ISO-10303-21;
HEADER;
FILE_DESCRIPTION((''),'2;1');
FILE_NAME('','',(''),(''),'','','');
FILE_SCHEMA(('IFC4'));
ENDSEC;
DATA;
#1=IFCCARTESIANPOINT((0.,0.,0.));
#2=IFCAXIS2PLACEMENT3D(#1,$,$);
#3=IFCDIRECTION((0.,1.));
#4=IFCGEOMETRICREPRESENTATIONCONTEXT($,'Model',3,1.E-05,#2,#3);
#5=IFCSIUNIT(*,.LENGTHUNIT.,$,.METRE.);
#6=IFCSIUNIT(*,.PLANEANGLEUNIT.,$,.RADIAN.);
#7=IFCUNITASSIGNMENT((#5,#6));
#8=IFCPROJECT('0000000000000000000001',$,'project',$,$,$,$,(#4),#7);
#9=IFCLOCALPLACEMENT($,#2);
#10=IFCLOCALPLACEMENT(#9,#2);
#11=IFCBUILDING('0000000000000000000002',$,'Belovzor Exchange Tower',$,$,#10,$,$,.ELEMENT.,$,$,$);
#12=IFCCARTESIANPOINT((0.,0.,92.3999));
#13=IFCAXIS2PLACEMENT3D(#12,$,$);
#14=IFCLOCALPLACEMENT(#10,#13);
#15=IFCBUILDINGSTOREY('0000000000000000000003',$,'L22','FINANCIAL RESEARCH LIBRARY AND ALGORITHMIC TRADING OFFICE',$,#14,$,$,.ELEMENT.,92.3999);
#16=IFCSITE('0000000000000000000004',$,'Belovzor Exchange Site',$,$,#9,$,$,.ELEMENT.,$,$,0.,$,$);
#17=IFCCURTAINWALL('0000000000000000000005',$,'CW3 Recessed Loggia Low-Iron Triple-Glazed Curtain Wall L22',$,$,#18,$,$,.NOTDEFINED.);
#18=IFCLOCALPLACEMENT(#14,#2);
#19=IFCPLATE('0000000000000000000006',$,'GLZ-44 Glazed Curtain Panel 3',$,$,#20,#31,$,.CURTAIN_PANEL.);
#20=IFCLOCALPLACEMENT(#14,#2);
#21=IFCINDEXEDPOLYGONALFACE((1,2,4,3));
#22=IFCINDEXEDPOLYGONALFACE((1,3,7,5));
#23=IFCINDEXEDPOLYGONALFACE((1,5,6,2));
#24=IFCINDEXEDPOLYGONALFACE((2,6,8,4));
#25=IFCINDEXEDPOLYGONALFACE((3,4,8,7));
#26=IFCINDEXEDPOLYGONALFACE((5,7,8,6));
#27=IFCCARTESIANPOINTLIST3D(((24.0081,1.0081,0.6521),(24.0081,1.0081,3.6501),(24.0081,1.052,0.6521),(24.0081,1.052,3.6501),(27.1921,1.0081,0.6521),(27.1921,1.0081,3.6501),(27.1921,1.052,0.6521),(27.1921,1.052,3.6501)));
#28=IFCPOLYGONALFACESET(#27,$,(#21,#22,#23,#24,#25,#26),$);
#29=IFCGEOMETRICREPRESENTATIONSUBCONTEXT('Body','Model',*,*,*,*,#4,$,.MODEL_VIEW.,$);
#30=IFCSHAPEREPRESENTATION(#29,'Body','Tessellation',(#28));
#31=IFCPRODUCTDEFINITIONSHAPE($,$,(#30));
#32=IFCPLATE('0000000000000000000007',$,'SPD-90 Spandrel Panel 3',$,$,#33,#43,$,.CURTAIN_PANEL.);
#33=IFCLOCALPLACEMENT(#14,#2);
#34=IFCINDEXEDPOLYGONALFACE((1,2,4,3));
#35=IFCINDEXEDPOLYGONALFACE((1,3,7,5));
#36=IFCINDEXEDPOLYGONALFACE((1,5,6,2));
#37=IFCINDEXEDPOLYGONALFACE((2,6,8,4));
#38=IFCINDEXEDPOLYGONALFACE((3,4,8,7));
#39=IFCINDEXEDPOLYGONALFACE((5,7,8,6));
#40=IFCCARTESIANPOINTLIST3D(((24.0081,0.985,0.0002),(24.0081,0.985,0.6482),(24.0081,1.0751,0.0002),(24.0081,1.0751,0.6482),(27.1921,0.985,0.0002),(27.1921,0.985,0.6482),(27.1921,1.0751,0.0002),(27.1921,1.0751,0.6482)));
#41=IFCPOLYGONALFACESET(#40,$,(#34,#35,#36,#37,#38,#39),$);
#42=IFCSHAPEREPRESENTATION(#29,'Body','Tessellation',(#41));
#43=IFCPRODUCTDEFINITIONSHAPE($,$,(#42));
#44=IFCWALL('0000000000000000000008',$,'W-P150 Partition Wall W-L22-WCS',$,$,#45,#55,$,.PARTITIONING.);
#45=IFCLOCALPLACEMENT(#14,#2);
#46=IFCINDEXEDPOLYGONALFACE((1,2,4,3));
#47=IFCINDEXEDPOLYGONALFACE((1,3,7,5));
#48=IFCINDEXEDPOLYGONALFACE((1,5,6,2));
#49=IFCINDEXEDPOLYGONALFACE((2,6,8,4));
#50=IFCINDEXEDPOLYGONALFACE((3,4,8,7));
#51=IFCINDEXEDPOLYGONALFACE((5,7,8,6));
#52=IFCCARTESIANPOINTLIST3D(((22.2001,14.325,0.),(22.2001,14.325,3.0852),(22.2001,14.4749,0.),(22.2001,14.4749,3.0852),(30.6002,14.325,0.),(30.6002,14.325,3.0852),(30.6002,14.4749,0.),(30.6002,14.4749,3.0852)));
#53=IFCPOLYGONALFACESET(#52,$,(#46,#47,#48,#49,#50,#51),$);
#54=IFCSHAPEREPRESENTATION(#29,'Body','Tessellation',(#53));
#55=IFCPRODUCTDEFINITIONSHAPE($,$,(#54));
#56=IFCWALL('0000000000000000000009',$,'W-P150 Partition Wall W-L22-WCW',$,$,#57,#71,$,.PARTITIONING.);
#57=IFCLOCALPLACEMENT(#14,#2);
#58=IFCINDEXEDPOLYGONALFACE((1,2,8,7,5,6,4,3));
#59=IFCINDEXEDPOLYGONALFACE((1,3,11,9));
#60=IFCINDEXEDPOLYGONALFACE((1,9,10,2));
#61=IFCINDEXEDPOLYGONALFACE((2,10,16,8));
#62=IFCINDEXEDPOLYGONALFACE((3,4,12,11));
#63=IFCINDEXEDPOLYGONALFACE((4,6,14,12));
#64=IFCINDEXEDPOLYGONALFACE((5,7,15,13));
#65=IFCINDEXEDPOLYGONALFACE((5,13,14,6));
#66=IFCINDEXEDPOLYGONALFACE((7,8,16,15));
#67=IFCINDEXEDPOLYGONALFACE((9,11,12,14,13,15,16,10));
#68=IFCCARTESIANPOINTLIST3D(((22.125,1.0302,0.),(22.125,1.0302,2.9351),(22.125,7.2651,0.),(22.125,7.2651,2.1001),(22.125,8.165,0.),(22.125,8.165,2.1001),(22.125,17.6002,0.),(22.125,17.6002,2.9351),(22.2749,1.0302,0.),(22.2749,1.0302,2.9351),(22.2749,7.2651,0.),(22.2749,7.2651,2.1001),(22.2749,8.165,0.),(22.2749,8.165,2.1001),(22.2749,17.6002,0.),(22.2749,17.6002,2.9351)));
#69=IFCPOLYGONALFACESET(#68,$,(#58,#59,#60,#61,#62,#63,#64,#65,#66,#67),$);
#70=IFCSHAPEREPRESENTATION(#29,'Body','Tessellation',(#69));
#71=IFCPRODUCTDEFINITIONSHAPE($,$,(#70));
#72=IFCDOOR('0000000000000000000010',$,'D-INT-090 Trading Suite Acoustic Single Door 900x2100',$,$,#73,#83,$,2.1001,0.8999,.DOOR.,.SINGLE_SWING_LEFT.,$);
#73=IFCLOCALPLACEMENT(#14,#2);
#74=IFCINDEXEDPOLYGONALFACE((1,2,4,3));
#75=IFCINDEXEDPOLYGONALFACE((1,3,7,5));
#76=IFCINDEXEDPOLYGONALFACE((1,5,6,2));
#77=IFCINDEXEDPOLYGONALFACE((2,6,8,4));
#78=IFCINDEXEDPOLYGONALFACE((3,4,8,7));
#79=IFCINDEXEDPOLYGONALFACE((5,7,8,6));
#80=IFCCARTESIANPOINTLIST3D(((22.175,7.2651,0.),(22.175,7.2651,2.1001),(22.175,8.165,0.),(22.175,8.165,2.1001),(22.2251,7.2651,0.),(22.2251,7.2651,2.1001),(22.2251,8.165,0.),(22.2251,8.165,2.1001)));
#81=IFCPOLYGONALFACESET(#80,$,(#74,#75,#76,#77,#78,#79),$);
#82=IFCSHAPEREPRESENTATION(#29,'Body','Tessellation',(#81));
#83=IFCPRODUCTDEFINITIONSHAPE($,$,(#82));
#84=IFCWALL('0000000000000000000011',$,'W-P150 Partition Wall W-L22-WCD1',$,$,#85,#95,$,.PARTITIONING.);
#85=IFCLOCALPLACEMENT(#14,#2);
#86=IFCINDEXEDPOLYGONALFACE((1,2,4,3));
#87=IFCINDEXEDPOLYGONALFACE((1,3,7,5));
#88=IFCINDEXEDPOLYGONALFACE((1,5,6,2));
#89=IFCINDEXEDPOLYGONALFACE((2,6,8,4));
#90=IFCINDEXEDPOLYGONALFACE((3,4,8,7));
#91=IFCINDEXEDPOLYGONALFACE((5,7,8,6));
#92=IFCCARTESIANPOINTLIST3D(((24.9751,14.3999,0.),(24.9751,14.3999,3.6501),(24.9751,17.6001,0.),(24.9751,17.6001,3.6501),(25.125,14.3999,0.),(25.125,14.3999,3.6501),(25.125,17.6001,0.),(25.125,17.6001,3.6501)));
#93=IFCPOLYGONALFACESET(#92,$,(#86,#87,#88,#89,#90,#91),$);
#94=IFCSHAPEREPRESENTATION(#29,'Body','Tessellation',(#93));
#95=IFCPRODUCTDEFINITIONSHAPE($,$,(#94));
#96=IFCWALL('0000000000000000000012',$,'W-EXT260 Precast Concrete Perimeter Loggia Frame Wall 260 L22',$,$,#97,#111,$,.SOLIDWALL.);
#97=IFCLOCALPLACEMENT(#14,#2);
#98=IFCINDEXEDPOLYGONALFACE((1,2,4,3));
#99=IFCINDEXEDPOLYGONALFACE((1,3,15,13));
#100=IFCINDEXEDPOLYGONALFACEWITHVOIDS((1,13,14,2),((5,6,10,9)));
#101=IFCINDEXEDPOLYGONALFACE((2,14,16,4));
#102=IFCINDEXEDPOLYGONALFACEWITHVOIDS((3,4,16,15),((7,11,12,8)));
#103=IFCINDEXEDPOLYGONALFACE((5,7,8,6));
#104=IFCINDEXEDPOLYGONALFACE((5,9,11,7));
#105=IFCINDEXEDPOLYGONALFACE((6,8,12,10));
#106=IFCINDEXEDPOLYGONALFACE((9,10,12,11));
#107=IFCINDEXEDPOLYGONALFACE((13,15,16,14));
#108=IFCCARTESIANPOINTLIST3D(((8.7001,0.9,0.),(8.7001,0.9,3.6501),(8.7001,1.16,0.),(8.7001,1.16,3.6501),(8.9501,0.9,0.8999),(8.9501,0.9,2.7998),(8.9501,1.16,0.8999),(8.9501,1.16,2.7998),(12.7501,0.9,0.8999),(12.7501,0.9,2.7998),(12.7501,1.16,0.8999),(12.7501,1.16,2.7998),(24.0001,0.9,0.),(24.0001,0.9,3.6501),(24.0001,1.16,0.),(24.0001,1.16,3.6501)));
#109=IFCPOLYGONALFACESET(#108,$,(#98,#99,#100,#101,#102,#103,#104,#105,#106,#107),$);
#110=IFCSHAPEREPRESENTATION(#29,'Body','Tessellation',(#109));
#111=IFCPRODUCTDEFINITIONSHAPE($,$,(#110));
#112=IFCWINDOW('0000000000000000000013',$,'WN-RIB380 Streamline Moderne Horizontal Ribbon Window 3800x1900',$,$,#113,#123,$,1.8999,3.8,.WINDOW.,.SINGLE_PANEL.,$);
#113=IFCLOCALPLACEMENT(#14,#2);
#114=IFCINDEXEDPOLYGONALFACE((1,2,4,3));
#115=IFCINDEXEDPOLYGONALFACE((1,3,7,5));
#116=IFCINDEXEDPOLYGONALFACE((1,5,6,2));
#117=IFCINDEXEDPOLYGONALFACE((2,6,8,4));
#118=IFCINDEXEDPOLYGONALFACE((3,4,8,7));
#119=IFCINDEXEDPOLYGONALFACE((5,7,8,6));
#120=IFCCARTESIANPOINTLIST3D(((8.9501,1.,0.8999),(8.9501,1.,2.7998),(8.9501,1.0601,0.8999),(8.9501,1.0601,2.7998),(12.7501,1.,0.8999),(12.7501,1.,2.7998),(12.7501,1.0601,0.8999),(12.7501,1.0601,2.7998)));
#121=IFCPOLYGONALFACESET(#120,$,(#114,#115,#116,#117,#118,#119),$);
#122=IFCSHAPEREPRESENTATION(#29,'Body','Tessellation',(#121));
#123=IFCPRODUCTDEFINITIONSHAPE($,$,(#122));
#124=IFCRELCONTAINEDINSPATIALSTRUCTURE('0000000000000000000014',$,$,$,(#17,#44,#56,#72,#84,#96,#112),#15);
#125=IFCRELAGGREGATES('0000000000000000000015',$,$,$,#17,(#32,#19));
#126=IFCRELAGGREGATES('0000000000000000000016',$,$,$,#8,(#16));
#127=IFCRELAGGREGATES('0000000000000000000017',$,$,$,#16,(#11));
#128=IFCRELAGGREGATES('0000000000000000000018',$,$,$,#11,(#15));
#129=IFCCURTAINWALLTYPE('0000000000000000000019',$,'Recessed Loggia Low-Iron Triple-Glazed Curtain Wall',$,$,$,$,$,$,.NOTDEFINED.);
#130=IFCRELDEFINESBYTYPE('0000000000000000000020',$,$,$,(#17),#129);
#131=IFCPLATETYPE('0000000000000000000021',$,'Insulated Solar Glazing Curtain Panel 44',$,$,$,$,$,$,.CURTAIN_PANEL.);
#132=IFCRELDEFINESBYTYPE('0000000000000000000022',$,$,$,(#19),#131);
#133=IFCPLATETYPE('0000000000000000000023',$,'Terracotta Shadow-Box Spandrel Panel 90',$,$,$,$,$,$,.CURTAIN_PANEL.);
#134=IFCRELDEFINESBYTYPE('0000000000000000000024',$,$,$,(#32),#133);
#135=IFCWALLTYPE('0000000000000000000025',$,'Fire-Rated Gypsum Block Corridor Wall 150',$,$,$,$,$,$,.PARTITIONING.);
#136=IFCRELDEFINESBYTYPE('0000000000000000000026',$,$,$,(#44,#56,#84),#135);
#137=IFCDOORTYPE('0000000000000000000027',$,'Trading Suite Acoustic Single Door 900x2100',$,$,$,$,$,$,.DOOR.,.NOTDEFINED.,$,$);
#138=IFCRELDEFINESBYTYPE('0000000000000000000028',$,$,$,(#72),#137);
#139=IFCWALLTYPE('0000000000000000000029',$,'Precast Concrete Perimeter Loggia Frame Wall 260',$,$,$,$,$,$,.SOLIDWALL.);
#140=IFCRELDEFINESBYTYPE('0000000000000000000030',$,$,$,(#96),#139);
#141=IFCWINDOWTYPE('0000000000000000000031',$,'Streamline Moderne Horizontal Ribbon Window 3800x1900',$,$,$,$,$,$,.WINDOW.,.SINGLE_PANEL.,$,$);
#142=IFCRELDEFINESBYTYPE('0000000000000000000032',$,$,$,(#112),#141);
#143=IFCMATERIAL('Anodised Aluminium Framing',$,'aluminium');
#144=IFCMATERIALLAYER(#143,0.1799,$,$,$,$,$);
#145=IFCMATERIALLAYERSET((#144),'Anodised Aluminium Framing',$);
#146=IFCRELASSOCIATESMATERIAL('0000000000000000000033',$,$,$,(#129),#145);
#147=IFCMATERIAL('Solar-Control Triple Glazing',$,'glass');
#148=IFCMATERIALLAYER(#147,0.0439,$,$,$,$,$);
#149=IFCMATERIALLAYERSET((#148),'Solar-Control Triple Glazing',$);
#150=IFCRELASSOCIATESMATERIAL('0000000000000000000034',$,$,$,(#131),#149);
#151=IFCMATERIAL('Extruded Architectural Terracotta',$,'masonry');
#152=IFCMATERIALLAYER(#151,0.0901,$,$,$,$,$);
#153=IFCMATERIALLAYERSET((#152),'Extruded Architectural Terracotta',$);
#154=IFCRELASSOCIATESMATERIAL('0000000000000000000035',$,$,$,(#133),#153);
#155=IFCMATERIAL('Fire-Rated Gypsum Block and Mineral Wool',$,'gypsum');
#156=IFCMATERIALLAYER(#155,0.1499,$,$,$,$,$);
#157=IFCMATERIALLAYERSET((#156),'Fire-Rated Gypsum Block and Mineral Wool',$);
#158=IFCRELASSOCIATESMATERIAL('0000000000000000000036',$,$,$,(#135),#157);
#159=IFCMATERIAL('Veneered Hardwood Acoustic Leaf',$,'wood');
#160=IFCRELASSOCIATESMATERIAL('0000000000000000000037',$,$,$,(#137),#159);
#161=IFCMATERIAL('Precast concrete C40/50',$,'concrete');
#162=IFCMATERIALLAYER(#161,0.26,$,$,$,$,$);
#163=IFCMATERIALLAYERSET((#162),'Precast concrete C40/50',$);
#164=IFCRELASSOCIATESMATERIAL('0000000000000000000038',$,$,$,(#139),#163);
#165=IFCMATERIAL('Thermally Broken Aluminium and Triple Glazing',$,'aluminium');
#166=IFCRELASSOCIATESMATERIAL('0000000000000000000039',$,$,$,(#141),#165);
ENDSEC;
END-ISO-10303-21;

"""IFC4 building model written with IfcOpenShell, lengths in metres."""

from ifc_helpers import new_model, si_unit, direction, frame, frame_2d, origin, origin_2d, place, context, subcontext, project, spatial, rectangle, extrude, material, layer, layer_set, type_object, element, fill, aggregate, save


model = new_model("IFC4")

# Units and contexts
model_context = context("Model", 3, precision=1e-05, world=origin(), true_north=direction((0.0, 1.0)))
body_context = subcontext(model_context, "Body", "Model", "MODEL_VIEW")
ifc_project = project(units=[si_unit("LENGTHUNIT", "METRE"), si_unit("PLANEANGLEUNIT", "RADIAN")], contexts=[model_context])

# Site, building, storey
site_placement = place(None, origin())
site = spatial("IfcSite", under=ifc_project, at=site_placement, Name="Belovzor Exchange Site", CompositionType="ELEMENT", RefElevation=0.0)
building_placement = place(site_placement, origin())
building = spatial("IfcBuilding", under=site, at=building_placement, Name="Belovzor Exchange Tower", CompositionType="ELEMENT")
storey_placement = place(building_placement, frame((0.0, 0.0, 92.3999)))
storey = spatial("IfcBuildingStorey", under=building, at=storey_placement, Name="L22", Description="FINANCIAL RESEARCH LIBRARY AND ALGORITHMIC TRADING OFFICE", CompositionType="ELEMENT", Elevation=92.3999)

# Curtain wall
ifc_material_1 = material(Name="Anodised Aluminium Framing", Category="aluminium")
ifc_layer_1 = layer(ifc_material_1, 0.1799)
ifc_layer_set_1 = layer_set([ifc_layer_1], Name="Anodised Aluminium Framing")
curtain_wall_type = type_object("IfcCurtainWallType", Name="Recessed Loggia Low-Iron Triple-Glazed Curtain Wall", PredefinedType="NOTDEFINED", material=ifc_layer_set_1)
curtain_wall_placement = place(storey_placement, origin())
curtain_wall = element("IfcCurtainWall", 1, at=curtain_wall_placement, inside=storey, type_object=curtain_wall_type, Name="CW3 Recessed Loggia Low-Iron Triple-Glazed Curtain Wall L22", PredefinedType="NOTDEFINED")

# Plates
ifc_material_2 = material(Name="Solar-Control Triple Glazing", Category="glass")
ifc_layer_2 = layer(ifc_material_2, 0.0439)
ifc_layer_set_2 = layer_set([ifc_layer_2], Name="Solar-Control Triple Glazing")
plate_type_1 = type_object("IfcPlateType", Name="Insulated Solar Glazing Curtain Panel 44", PredefinedType="CURTAIN_PANEL", material=ifc_layer_set_2)
plate_1_placement = place(storey_placement, frame((25.6001, 1.03, 0.6521), z_axis=(0.0, 0.0, 1.0), x_axis=(-1.0, 0.0, 0.0)))
plate_1 = element("IfcPlate", 2, at=plate_1_placement, type_object=plate_type_1, Name="GLZ-44 Glazed Curtain Panel 3", PredefinedType="CURTAIN_PANEL", context=body_context, shape_type="SweptSolid", body=[
    extrude(rectangle(XDim=3.1841, YDim=0.0439, at=origin_2d()), origin(), (0.0, 0.0, 1.0), 2.998),
])
ifc_material_3 = material(Name="Extruded Architectural Terracotta", Category="masonry")
ifc_layer_3 = layer(ifc_material_3, 0.0901)
ifc_layer_set_3 = layer_set([ifc_layer_3], Name="Extruded Architectural Terracotta")
plate_type_2 = type_object("IfcPlateType", Name="Terracotta Shadow-Box Spandrel Panel 90", PredefinedType="CURTAIN_PANEL", material=ifc_layer_set_3)
plate_2_placement = place(storey_placement, frame((25.6001, 1.03, 0.0002), z_axis=(0.0, 0.0, 1.0), x_axis=(-1.0, 0.0, 0.0)))
plate_2 = element("IfcPlate", 3, at=plate_2_placement, type_object=plate_type_2, Name="SPD-90 Spandrel Panel 3", PredefinedType="CURTAIN_PANEL", context=body_context, shape_type="SweptSolid", body=[
    extrude(rectangle(XDim=3.1841, YDim=0.0901, at=origin_2d()), origin(), (0.0, 0.0, 1.0), 0.6479),
])
aggregate(curtain_wall, [plate_2, plate_1])

# Wall
ifc_material_4 = material(Name="Fire-Rated Gypsum Block and Mineral Wool", Category="gypsum")
ifc_layer_4 = layer(ifc_material_4, 0.1499)
ifc_layer_set_4 = layer_set([ifc_layer_4], Name="Fire-Rated Gypsum Block and Mineral Wool")
wall_type_1 = type_object("IfcWallType", Name="Fire-Rated Gypsum Block Corridor Wall 150", PredefinedType="PARTITIONING", material=ifc_layer_set_4)
wall_1_placement = place(storey_placement, frame((22.2, 14.3999, 0.0), z_axis=(0.0, 0.0, 1.0), x_axis=(1.0, 0.0, 0.0)))
element("IfcWall", 4, at=wall_1_placement, inside=storey, type_object=wall_type_1, Name="W-P150 Partition Wall W-L22-WCS", PredefinedType="PARTITIONING", context=body_context, shape_type="SweptSolid", body=[
    extrude(rectangle(XDim=8.4001, YDim=0.1499, at=frame_2d((4.2002, 0.0))), origin(), (0.0, 0.0, 1.0), 3.0852),
])

# Wall, opening, door
wall_2_placement = place(storey_placement, frame((22.2, 1.03, 0.0), z_axis=(0.0, 0.0, 1.0), x_axis=(0.0, 1.0, 0.0)))
wall_2 = element("IfcWall", 5, at=wall_2_placement, inside=storey, type_object=wall_type_1, Name="W-P150 Partition Wall W-L22-WCW", PredefinedType="PARTITIONING", context=body_context, shape_type="SweptSolid", body=[
    extrude(rectangle(XDim=16.5701, YDim=0.1499, at=frame_2d((8.2852, 0.0))), origin(), (0.0, 0.0, 1.0), 2.9351),
])
opening_1_placement = place(wall_2_placement, frame((6.2351, 0.0, 0.0)))
opening_1 = element("IfcOpeningElement", 6, at=opening_1_placement, cuts=wall_2, PredefinedType="OPENING", context=body_context, shape_type="SweptSolid", body=[
    extrude(rectangle(XDim=0.8999, YDim=2.1001, at=frame_2d((0.45, 1.05))), frame((0.0, 0.085, 0.0), z_axis=(0.0, -1.0, 0.0), x_axis=(1.0, 0.0, 0.0)), (0.0, 0.0, 1.0), 0.1699),
])
ifc_material_5 = material(Name="Veneered Hardwood Acoustic Leaf", Category="wood")
door_type = type_object("IfcDoorType", Name="Trading Suite Acoustic Single Door 900x2100", OperationType="NOTDEFINED", PredefinedType="DOOR", material=ifc_material_5)
door_placement = place(opening_1_placement, origin())
door = element("IfcDoor", 7, at=door_placement, inside=storey, type_object=door_type, Name="D-INT-090 Trading Suite Acoustic Single Door 900x2100", OperationType="SINGLE_SWING_LEFT", OverallHeight=2.1001, OverallWidth=0.8999, PredefinedType="DOOR", context=body_context, shape_type="SweptSolid", body=[
    extrude(rectangle(XDim=0.8999, YDim=2.1001, at=frame_2d((0.45, 1.05))), frame((0.0, 0.0249, 0.0), z_axis=(0.0, -1.0, 0.0), x_axis=(1.0, 0.0, 0.0)), (0.0, 0.0, 1.0), 0.05),
])
fill(opening_1, door)

# Wall
wall_3_placement = place(storey_placement, frame((25.05, 14.3999, 0.0), z_axis=(0.0, 0.0, 1.0), x_axis=(0.0, 1.0, 0.0)))
element("IfcWall", 8, at=wall_3_placement, inside=storey, type_object=wall_type_1, Name="W-P150 Partition Wall W-L22-WCD1", PredefinedType="PARTITIONING", context=body_context, shape_type="SweptSolid", body=[
    extrude(rectangle(XDim=3.2002, YDim=0.1499, at=frame_2d((1.6001, 0.0))), origin(), (0.0, 0.0, 1.0), 3.6501),
])

# Wall, opening, window
ifc_material_6 = material(Name="Precast concrete C40/50", Category="concrete")
ifc_layer_5 = layer(ifc_material_6, 0.26)
ifc_layer_set_5 = layer_set([ifc_layer_5], Name="Precast concrete C40/50")
wall_type_2 = type_object("IfcWallType", Name="Precast Concrete Perimeter Loggia Frame Wall 260", PredefinedType="SOLIDWALL", material=ifc_layer_set_5)
wall_4_placement = place(storey_placement, frame((24.0, 1.03, 0.0), z_axis=(0.0, 0.0, 1.0), x_axis=(-1.0, 0.0, 0.0)))
wall_4 = element("IfcWall", 9, at=wall_4_placement, inside=storey, type_object=wall_type_2, Name="W-EXT260 Precast Concrete Perimeter Loggia Frame Wall 260 L22", PredefinedType="SOLIDWALL", context=body_context, shape_type="SweptSolid", body=[
    extrude(rectangle(XDim=15.3, YDim=0.26, at=frame_2d((7.6499, 0.0))), origin(), (0.0, 0.0, 1.0), 3.6501),
])
opening_2_placement = place(wall_4_placement, frame((11.25, 0.0, 0.8999)))
opening_2 = element("IfcOpeningElement", 10, at=opening_2_placement, cuts=wall_4, PredefinedType="OPENING", context=body_context, shape_type="SweptSolid", body=[
    extrude(rectangle(XDim=3.8, YDim=1.8999, at=frame_2d((1.8999, 0.95))), frame((0.0, 0.1399, 0.0), z_axis=(0.0, -1.0, 0.0), x_axis=(1.0, 0.0, 0.0)), (0.0, 0.0, 1.0), 0.28),
])
ifc_material_7 = material(Name="Thermally Broken Aluminium and Triple Glazing", Category="aluminium")
window_type = type_object("IfcWindowType", Name="Streamline Moderne Horizontal Ribbon Window 3800x1900", PartitioningType="SINGLE_PANEL", PredefinedType="WINDOW", material=ifc_material_7)
window_placement = place(opening_2_placement, origin())
window = element("IfcWindow", 11, at=window_placement, inside=storey, type_object=window_type, Name="WN-RIB380 Streamline Moderne Horizontal Ribbon Window 3800x1900", OverallHeight=1.8999, OverallWidth=3.8, PartitioningType="SINGLE_PANEL", PredefinedType="WINDOW", context=body_context, shape_type="SweptSolid", body=[
    extrude(rectangle(XDim=3.8, YDim=1.8999, at=frame_2d((1.8999, 0.95))), frame((0.0, 0.03, 0.0), z_axis=(0.0, -1.0, 0.0), x_axis=(1.0, 0.0, 0.0)), (0.0, 0.0, 1.0), 0.0601),
])
fill(opening_2, window)

save(model, "model.ifc")
